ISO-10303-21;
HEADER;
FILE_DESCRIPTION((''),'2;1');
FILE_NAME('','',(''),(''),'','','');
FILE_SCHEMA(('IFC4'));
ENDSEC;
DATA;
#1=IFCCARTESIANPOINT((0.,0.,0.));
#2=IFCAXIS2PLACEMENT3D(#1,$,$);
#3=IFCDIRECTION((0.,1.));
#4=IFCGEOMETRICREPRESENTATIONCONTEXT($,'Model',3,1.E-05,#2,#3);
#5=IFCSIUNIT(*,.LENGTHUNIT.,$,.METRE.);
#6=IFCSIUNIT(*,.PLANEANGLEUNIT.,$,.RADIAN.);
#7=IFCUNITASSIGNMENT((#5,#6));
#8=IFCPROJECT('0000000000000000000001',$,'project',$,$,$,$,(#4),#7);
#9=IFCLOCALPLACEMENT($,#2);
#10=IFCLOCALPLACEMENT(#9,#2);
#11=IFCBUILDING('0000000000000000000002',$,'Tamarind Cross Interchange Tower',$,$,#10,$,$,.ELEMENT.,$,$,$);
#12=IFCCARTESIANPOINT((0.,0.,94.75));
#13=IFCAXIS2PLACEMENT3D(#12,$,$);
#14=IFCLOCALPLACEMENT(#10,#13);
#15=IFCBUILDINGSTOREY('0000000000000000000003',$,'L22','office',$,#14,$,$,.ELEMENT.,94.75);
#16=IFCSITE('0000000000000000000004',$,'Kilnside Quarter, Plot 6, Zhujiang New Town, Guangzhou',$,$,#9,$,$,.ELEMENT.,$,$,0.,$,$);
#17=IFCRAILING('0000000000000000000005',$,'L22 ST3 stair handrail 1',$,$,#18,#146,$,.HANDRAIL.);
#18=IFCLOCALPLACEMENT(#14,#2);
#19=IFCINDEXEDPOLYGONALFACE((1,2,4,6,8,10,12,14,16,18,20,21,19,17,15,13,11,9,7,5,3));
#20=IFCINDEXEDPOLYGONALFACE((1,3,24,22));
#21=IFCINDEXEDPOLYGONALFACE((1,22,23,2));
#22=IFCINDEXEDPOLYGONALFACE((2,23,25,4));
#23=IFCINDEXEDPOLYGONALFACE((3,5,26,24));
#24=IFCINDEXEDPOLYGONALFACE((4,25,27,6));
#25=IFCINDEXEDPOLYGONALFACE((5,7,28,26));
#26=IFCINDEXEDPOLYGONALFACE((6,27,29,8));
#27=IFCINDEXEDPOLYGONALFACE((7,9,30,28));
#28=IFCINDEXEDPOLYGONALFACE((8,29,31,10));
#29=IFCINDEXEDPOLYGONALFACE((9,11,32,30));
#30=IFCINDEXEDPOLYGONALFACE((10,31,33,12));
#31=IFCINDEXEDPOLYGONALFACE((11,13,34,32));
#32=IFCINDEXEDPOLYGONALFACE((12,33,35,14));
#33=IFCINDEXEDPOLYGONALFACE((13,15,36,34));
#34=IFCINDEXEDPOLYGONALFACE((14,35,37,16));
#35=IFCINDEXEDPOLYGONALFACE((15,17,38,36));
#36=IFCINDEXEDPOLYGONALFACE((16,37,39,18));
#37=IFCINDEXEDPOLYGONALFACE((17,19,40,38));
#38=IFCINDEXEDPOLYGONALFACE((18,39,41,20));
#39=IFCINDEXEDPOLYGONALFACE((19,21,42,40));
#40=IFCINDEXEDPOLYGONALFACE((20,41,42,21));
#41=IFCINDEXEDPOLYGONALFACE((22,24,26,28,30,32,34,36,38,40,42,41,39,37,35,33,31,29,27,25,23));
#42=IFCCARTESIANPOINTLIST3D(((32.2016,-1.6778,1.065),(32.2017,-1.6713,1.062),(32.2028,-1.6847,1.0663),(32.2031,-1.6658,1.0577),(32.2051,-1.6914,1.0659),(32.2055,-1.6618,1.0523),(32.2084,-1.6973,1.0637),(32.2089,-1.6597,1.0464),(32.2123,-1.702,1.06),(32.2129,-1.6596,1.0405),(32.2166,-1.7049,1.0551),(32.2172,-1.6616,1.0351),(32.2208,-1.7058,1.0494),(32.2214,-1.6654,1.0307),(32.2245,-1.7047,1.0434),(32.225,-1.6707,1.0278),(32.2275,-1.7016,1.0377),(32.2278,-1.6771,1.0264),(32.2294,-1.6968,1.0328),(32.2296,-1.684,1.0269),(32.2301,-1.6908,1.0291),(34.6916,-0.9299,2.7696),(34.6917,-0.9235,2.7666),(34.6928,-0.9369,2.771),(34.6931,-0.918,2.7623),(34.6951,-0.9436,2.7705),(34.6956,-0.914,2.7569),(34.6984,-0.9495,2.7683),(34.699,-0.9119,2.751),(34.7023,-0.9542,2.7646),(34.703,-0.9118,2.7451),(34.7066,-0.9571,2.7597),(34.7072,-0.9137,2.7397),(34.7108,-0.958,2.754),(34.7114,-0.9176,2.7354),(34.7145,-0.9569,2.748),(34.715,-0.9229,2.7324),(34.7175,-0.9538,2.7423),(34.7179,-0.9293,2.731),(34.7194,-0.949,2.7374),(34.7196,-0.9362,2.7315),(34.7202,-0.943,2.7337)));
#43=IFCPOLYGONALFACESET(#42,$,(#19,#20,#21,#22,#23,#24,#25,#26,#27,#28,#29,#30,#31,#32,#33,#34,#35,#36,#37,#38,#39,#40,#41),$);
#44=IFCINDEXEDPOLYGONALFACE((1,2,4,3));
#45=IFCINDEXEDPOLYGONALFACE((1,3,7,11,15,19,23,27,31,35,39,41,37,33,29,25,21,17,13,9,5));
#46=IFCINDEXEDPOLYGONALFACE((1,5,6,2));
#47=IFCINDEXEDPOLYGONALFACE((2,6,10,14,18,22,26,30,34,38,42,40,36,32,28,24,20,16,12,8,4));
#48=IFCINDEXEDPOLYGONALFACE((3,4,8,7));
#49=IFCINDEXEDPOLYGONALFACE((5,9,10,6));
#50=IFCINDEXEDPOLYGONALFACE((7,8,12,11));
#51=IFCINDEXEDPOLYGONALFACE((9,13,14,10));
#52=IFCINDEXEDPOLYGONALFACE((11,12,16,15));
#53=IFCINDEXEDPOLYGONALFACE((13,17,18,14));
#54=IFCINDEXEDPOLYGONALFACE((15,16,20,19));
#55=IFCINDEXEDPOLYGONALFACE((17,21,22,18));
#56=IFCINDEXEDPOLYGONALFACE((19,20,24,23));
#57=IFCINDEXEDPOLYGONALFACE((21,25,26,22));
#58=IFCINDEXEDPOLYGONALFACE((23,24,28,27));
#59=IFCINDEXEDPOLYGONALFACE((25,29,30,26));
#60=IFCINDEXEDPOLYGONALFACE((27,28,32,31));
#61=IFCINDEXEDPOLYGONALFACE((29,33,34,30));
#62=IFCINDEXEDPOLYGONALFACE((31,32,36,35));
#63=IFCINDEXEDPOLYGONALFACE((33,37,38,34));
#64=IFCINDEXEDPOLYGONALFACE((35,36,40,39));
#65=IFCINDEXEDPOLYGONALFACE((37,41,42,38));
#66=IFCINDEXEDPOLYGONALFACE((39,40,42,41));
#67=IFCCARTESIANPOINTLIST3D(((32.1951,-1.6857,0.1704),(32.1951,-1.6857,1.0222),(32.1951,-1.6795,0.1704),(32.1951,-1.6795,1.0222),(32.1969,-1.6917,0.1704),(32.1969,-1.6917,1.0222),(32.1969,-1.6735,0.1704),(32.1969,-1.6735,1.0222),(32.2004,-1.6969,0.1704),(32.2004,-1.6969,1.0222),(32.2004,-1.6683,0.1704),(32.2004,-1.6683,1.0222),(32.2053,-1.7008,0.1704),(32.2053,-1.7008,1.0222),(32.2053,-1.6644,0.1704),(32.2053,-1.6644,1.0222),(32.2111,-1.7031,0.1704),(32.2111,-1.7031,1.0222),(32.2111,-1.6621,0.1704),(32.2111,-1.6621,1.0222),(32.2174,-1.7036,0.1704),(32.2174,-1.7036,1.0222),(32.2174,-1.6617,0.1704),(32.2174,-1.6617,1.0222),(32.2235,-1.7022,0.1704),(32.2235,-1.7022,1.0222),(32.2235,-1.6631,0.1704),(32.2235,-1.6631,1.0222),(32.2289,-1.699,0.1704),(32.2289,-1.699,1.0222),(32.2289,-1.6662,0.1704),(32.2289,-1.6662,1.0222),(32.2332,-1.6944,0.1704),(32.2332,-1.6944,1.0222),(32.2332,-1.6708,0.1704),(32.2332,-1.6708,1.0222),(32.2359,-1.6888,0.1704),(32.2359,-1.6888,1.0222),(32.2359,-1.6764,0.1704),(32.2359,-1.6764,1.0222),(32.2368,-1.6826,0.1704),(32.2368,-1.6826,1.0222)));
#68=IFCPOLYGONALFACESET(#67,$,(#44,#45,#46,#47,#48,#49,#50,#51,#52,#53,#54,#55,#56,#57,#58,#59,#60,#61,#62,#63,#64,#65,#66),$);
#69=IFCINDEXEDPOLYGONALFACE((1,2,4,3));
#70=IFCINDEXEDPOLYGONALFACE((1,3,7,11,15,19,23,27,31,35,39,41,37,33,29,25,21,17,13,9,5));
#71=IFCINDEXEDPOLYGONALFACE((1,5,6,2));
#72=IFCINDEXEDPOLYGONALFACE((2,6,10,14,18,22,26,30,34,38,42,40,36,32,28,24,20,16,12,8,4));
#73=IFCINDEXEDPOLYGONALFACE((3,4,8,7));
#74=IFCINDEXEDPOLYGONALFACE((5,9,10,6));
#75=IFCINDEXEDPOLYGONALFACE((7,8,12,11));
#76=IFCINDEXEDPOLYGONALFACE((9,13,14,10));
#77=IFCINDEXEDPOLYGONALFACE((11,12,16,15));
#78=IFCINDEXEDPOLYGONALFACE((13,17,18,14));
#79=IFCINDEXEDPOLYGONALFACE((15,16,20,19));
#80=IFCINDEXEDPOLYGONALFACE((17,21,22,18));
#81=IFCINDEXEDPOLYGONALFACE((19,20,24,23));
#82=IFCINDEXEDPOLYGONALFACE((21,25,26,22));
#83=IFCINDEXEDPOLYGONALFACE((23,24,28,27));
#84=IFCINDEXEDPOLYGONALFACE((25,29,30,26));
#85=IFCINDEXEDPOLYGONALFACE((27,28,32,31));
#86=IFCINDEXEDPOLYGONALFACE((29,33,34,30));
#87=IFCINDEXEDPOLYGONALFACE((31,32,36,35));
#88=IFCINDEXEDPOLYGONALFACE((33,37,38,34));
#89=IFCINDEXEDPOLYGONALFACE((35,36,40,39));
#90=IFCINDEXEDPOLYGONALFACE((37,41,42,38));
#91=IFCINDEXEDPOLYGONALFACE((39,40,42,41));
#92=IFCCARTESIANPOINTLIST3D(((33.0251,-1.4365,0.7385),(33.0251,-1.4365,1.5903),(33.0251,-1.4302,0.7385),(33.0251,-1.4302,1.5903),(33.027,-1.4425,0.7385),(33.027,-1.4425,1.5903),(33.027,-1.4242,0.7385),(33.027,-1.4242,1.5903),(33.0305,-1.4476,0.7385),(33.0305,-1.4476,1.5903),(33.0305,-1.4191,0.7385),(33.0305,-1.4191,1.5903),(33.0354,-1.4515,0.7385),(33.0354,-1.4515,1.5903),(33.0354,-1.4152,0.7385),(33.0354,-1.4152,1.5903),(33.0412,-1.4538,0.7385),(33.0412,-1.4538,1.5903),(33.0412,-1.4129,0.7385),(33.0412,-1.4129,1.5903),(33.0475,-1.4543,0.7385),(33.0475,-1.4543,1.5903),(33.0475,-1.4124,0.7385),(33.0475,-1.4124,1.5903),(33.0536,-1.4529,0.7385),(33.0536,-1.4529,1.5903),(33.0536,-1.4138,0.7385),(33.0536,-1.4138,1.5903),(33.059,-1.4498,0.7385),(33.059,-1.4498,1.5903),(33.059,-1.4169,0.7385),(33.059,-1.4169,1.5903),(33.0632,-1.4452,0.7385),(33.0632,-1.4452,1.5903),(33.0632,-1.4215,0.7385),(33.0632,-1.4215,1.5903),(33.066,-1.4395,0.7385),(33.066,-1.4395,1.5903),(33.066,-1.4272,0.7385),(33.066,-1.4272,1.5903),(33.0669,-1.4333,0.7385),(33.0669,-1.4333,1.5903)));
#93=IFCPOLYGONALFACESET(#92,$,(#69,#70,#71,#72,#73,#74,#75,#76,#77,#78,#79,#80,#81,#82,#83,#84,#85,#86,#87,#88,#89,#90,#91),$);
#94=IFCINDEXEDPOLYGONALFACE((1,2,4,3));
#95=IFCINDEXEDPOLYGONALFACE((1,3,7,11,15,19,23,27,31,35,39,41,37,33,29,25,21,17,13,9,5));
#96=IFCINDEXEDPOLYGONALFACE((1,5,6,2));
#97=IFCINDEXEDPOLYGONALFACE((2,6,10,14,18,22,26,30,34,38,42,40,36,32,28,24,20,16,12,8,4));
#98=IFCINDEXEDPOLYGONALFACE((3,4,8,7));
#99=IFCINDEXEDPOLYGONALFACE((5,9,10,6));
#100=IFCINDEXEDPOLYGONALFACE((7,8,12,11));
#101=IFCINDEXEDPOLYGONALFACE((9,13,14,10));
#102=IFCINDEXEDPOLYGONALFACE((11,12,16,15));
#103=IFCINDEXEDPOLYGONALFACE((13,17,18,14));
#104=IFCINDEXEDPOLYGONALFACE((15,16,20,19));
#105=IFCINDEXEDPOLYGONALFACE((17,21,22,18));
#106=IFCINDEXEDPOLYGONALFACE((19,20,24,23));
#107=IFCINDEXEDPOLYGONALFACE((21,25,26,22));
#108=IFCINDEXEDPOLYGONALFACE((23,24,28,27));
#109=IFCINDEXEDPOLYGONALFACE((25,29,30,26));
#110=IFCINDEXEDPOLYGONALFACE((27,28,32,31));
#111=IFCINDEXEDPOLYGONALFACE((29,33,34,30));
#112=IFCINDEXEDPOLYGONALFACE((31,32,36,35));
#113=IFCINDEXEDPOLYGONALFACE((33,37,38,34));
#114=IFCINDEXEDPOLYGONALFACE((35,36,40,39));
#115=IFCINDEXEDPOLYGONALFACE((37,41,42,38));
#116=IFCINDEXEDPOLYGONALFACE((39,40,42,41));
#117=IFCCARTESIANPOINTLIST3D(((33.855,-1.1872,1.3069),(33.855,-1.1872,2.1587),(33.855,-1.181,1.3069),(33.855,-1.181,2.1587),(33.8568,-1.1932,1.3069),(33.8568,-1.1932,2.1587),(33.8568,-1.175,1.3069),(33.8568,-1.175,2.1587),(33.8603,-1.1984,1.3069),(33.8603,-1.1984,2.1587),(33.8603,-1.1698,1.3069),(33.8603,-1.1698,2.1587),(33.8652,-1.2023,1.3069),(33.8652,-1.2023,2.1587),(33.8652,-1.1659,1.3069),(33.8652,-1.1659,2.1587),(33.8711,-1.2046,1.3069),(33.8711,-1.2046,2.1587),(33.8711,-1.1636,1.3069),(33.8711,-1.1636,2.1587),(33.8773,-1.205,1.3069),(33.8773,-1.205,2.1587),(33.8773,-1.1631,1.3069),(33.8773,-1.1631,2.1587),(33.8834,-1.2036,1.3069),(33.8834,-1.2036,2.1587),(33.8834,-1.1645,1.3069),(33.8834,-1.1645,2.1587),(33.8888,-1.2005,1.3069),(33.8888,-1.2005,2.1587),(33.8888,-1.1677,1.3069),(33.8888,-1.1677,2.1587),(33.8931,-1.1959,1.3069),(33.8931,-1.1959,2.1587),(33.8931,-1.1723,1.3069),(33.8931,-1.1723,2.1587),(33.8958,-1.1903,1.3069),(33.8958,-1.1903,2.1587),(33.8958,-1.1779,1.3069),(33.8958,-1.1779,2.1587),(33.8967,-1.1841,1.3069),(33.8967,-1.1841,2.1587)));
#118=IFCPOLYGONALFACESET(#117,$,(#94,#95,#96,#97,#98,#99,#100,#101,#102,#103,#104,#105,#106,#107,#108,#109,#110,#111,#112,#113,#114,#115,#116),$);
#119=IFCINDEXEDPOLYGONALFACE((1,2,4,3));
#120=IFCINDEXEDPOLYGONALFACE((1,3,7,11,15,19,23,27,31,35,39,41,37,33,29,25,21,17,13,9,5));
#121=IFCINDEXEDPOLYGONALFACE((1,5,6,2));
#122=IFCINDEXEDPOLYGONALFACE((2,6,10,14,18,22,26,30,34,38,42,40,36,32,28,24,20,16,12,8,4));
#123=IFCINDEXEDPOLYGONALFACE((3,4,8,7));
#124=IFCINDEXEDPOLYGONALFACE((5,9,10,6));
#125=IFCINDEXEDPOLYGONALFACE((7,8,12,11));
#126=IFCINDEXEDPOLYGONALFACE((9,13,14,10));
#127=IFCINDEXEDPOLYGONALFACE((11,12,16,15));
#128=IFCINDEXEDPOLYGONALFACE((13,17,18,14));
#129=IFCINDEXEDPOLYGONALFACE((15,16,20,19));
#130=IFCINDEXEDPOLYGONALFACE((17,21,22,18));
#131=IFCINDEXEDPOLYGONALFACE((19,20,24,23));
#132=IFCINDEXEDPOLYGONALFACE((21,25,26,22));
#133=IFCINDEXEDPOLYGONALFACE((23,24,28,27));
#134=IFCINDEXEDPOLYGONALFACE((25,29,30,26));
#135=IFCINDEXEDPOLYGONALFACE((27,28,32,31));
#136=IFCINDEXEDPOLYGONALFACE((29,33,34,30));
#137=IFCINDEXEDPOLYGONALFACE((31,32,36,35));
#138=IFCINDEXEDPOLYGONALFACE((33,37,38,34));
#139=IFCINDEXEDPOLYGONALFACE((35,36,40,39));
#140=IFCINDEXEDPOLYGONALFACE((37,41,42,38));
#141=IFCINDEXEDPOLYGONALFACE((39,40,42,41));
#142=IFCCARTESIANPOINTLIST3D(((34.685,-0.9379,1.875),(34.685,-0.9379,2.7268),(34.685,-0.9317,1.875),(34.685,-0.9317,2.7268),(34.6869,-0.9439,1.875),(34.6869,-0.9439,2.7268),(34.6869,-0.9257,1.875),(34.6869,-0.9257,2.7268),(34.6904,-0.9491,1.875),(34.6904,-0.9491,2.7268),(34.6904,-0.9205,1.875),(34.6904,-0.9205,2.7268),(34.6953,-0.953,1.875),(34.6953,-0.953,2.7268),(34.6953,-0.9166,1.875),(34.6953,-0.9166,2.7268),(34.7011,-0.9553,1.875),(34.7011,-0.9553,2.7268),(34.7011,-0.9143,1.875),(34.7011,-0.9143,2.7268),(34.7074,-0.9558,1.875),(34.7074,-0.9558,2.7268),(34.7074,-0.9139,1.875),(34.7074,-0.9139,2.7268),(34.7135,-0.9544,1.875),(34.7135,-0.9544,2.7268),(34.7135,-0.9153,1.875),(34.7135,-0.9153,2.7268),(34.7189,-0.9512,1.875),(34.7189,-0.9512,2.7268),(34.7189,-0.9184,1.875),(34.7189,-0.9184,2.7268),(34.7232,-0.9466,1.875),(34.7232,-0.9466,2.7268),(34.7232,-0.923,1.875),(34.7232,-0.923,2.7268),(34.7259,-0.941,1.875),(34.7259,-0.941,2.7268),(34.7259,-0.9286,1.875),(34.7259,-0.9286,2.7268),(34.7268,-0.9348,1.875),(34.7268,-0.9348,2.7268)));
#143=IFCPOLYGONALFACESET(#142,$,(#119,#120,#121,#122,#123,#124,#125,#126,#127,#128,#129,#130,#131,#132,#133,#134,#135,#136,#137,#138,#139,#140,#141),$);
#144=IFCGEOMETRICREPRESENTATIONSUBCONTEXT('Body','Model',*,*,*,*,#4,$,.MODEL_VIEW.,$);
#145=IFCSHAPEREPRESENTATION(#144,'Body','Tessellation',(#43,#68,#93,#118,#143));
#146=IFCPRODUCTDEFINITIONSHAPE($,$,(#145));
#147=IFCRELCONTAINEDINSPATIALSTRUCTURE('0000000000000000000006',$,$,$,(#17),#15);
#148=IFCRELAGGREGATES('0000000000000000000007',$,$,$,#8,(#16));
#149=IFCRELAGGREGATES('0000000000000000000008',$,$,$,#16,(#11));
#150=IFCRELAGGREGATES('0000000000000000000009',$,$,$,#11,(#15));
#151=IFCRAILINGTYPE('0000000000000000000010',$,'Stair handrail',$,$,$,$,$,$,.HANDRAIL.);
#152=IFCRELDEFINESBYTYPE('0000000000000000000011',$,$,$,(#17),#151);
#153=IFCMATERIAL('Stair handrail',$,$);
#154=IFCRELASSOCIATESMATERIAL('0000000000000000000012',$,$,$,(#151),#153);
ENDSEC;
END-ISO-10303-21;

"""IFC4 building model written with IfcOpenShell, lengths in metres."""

from ifc_helpers import new_model, si_unit, direction, frame, origin, origin_2d, place, context, subcontext, project, spatial, circle, extrude, material, type_object, element, save


model = new_model("IFC4")

# Units and contexts
model_context = context("Model", 3, precision=1e-05, world=origin(), true_north=direction((0.0, 1.0)))
body_context = subcontext(model_context, "Body", "Model", "MODEL_VIEW")
ifc_project = project(units=[si_unit("LENGTHUNIT", "METRE"), si_unit("PLANEANGLEUNIT", "RADIAN")], contexts=[model_context])

# Site, building, storey
site_placement = place(None, origin())
site = spatial("IfcSite", under=ifc_project, at=site_placement, Name="Kilnside Quarter, Plot 6, Zhujiang New Town, Guangzhou", CompositionType="ELEMENT", RefElevation=0.0)
building_placement = place(site_placement, origin())
building = spatial("IfcBuilding", under=site, at=building_placement, Name="Tamarind Cross Interchange Tower", CompositionType="ELEMENT")
storey_placement = place(building_placement, frame((0.0, 0.0, 94.75)))
storey = spatial("IfcBuildingStorey", under=building, at=storey_placement, Name="L22", Description="office", CompositionType="ELEMENT", Elevation=94.75)

# Railing
ifc_material_1 = material(Name="Stair handrail")
railing_type_1 = type_object("IfcRailingType", Name="Stair handrail", PredefinedType="HANDRAIL", material=ifc_material_1)
railing_1_placement = place(storey_placement, frame((32.2158, -1.6826, 0.1704)))
element("IfcRailing", 1, at=railing_1_placement, inside=storey, type_object=railing_type_1, Name="L22 ST3 stair handrail 1", PredefinedType="HANDRAIL", context=body_context, shape_type="SweptSolid", body=[
    extrude(circle(Radius=0.0239, at=origin_2d()), frame((0.0, 0.0, 0.876), z_axis=(0.800939, 0.240541, 0.548304), x_axis=(-0.287632, 0.957741, 0.0)), (0.0, 0.0, 1.0), 3.1089),
    extrude(circle(Radius=0.021, at=origin_2d()), origin(), (0.0, 0.0, 1.0), 0.8518),
    extrude(circle(Radius=0.021, at=origin_2d()), frame((0.8301, 0.2493, 0.5681)), (0.0, 0.0, 1.0), 0.8518),
    extrude(circle(Radius=0.021, at=origin_2d()), frame((1.6599, 0.4985, 1.1365)), (0.0, 0.0, 1.0), 0.8518),
    extrude(circle(Radius=0.021, at=origin_2d()), frame((2.49, 0.7478, 1.7046)), (0.0, 0.0, 1.0), 0.8518),
])

save(model, "model.ifc")
